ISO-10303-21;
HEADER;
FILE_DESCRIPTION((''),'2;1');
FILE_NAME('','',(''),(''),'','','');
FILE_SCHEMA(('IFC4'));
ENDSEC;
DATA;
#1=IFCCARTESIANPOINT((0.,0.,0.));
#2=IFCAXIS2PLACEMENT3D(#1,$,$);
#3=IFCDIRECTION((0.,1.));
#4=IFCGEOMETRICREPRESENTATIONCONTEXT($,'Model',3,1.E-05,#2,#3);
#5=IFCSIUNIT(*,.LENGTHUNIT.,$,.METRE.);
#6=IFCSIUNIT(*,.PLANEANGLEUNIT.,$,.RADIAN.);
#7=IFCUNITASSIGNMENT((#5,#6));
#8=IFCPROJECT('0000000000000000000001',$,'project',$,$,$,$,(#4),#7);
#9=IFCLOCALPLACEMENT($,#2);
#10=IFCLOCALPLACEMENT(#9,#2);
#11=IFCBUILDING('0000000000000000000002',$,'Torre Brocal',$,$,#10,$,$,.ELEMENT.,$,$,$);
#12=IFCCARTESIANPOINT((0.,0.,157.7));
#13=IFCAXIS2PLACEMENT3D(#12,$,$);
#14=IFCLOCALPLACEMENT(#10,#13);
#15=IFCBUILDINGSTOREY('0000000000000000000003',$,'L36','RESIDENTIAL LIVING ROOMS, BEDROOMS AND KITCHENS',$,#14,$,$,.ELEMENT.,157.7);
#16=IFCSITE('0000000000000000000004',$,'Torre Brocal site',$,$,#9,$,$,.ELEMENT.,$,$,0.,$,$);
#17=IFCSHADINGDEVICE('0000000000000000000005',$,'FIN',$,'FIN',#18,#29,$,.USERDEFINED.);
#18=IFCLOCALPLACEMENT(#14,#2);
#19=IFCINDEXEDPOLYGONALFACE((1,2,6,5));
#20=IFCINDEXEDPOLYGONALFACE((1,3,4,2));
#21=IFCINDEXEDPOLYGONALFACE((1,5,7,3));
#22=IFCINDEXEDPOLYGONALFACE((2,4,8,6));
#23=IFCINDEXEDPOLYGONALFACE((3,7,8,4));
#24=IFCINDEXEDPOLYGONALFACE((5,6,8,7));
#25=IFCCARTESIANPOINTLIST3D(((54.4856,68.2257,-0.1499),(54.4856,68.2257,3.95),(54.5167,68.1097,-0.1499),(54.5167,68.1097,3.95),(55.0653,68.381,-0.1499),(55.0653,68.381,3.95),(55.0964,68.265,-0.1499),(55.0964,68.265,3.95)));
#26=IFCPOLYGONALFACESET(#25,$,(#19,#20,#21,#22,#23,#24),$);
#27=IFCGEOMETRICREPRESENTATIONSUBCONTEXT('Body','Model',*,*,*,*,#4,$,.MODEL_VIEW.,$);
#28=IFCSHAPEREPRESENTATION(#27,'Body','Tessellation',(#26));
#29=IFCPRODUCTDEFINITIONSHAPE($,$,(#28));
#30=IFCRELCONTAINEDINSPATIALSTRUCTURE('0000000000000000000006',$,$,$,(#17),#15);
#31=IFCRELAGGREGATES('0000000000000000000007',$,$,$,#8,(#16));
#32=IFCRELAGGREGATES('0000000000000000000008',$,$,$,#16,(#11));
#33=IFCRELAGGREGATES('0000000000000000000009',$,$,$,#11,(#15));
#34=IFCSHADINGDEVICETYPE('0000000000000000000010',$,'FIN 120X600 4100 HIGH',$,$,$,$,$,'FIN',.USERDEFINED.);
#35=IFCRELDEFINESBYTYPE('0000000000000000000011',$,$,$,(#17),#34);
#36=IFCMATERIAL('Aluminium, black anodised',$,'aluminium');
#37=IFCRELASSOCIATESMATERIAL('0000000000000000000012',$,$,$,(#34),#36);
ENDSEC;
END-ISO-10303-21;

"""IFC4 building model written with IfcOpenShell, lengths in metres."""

from ifc_helpers import new_model, si_unit, direction, frame, origin, origin_2d, place, context, subcontext, project, spatial, rectangle, extrude, material, material_profile, profile_set, type_object, element, save


model = new_model("IFC4")

# Units and contexts
model_context = context("Model", 3, precision=1e-05, world=origin(), true_north=direction((0.0, 1.0)))
body_context = subcontext(model_context, "Body", "Model", "MODEL_VIEW")
ifc_project = project(units=[si_unit("LENGTHUNIT", "METRE"), si_unit("PLANEANGLEUNIT", "RADIAN")], contexts=[model_context])

# Site, building, storey
site_placement = place(None, origin())
site = spatial("IfcSite", under=ifc_project, at=site_placement, Name="Torre Brocal site", CompositionType="ELEMENT", RefElevation=0.0)
building_placement = place(site_placement, origin())
building = spatial("IfcBuilding", under=site, at=building_placement, Name="Torre Brocal", CompositionType="ELEMENT")
storey_placement = place(building_placement, frame((0.0, 0.0, 157.7)))
storey = spatial("IfcBuildingStorey", under=building, at=storey_placement, Name="L36", Description="RESIDENTIAL LIVING ROOMS, BEDROOMS AND KITCHENS", CompositionType="ELEMENT", Elevation=157.7)

# Shading device
ifc_material_1 = material(Name="Aluminium, black anodised", Category="aluminium")
ifc_material_profile_1 = material_profile(ifc_material_1, rectangle(XDim=0.1201, YDim=0.6001, at=origin_2d()), Name="FIN 120X600 4100 HIGH")
ifc_profile_set_1 = profile_set([ifc_material_profile_1], Name="Aluminium, black anodised")
shading_device_type = type_object("IfcShadingDeviceType", Name="FIN 120X600 4100 HIGH", ElementType="FIN", PredefinedType="USERDEFINED", material=ifc_profile_set_1)
shading_device_placement = place(storey_placement, frame((54.791, 68.2454, -0.1499), z_axis=(0.0, 0.0, 1.0), x_axis=(0.258819, -0.965926, 0.0)))
element("IfcShadingDevice", 1, at=shading_device_placement, inside=storey, type_object=shading_device_type, Name="FIN", ObjectType="FIN", PredefinedType="USERDEFINED", context=body_context, shape_type="SweptSolid", body=[
    extrude(rectangle(XDim=0.1201, YDim=0.6001, at=origin_2d()), origin(), (0.0, 0.0, 1.0), 4.0999),
])

save(model, "model.ifc")
